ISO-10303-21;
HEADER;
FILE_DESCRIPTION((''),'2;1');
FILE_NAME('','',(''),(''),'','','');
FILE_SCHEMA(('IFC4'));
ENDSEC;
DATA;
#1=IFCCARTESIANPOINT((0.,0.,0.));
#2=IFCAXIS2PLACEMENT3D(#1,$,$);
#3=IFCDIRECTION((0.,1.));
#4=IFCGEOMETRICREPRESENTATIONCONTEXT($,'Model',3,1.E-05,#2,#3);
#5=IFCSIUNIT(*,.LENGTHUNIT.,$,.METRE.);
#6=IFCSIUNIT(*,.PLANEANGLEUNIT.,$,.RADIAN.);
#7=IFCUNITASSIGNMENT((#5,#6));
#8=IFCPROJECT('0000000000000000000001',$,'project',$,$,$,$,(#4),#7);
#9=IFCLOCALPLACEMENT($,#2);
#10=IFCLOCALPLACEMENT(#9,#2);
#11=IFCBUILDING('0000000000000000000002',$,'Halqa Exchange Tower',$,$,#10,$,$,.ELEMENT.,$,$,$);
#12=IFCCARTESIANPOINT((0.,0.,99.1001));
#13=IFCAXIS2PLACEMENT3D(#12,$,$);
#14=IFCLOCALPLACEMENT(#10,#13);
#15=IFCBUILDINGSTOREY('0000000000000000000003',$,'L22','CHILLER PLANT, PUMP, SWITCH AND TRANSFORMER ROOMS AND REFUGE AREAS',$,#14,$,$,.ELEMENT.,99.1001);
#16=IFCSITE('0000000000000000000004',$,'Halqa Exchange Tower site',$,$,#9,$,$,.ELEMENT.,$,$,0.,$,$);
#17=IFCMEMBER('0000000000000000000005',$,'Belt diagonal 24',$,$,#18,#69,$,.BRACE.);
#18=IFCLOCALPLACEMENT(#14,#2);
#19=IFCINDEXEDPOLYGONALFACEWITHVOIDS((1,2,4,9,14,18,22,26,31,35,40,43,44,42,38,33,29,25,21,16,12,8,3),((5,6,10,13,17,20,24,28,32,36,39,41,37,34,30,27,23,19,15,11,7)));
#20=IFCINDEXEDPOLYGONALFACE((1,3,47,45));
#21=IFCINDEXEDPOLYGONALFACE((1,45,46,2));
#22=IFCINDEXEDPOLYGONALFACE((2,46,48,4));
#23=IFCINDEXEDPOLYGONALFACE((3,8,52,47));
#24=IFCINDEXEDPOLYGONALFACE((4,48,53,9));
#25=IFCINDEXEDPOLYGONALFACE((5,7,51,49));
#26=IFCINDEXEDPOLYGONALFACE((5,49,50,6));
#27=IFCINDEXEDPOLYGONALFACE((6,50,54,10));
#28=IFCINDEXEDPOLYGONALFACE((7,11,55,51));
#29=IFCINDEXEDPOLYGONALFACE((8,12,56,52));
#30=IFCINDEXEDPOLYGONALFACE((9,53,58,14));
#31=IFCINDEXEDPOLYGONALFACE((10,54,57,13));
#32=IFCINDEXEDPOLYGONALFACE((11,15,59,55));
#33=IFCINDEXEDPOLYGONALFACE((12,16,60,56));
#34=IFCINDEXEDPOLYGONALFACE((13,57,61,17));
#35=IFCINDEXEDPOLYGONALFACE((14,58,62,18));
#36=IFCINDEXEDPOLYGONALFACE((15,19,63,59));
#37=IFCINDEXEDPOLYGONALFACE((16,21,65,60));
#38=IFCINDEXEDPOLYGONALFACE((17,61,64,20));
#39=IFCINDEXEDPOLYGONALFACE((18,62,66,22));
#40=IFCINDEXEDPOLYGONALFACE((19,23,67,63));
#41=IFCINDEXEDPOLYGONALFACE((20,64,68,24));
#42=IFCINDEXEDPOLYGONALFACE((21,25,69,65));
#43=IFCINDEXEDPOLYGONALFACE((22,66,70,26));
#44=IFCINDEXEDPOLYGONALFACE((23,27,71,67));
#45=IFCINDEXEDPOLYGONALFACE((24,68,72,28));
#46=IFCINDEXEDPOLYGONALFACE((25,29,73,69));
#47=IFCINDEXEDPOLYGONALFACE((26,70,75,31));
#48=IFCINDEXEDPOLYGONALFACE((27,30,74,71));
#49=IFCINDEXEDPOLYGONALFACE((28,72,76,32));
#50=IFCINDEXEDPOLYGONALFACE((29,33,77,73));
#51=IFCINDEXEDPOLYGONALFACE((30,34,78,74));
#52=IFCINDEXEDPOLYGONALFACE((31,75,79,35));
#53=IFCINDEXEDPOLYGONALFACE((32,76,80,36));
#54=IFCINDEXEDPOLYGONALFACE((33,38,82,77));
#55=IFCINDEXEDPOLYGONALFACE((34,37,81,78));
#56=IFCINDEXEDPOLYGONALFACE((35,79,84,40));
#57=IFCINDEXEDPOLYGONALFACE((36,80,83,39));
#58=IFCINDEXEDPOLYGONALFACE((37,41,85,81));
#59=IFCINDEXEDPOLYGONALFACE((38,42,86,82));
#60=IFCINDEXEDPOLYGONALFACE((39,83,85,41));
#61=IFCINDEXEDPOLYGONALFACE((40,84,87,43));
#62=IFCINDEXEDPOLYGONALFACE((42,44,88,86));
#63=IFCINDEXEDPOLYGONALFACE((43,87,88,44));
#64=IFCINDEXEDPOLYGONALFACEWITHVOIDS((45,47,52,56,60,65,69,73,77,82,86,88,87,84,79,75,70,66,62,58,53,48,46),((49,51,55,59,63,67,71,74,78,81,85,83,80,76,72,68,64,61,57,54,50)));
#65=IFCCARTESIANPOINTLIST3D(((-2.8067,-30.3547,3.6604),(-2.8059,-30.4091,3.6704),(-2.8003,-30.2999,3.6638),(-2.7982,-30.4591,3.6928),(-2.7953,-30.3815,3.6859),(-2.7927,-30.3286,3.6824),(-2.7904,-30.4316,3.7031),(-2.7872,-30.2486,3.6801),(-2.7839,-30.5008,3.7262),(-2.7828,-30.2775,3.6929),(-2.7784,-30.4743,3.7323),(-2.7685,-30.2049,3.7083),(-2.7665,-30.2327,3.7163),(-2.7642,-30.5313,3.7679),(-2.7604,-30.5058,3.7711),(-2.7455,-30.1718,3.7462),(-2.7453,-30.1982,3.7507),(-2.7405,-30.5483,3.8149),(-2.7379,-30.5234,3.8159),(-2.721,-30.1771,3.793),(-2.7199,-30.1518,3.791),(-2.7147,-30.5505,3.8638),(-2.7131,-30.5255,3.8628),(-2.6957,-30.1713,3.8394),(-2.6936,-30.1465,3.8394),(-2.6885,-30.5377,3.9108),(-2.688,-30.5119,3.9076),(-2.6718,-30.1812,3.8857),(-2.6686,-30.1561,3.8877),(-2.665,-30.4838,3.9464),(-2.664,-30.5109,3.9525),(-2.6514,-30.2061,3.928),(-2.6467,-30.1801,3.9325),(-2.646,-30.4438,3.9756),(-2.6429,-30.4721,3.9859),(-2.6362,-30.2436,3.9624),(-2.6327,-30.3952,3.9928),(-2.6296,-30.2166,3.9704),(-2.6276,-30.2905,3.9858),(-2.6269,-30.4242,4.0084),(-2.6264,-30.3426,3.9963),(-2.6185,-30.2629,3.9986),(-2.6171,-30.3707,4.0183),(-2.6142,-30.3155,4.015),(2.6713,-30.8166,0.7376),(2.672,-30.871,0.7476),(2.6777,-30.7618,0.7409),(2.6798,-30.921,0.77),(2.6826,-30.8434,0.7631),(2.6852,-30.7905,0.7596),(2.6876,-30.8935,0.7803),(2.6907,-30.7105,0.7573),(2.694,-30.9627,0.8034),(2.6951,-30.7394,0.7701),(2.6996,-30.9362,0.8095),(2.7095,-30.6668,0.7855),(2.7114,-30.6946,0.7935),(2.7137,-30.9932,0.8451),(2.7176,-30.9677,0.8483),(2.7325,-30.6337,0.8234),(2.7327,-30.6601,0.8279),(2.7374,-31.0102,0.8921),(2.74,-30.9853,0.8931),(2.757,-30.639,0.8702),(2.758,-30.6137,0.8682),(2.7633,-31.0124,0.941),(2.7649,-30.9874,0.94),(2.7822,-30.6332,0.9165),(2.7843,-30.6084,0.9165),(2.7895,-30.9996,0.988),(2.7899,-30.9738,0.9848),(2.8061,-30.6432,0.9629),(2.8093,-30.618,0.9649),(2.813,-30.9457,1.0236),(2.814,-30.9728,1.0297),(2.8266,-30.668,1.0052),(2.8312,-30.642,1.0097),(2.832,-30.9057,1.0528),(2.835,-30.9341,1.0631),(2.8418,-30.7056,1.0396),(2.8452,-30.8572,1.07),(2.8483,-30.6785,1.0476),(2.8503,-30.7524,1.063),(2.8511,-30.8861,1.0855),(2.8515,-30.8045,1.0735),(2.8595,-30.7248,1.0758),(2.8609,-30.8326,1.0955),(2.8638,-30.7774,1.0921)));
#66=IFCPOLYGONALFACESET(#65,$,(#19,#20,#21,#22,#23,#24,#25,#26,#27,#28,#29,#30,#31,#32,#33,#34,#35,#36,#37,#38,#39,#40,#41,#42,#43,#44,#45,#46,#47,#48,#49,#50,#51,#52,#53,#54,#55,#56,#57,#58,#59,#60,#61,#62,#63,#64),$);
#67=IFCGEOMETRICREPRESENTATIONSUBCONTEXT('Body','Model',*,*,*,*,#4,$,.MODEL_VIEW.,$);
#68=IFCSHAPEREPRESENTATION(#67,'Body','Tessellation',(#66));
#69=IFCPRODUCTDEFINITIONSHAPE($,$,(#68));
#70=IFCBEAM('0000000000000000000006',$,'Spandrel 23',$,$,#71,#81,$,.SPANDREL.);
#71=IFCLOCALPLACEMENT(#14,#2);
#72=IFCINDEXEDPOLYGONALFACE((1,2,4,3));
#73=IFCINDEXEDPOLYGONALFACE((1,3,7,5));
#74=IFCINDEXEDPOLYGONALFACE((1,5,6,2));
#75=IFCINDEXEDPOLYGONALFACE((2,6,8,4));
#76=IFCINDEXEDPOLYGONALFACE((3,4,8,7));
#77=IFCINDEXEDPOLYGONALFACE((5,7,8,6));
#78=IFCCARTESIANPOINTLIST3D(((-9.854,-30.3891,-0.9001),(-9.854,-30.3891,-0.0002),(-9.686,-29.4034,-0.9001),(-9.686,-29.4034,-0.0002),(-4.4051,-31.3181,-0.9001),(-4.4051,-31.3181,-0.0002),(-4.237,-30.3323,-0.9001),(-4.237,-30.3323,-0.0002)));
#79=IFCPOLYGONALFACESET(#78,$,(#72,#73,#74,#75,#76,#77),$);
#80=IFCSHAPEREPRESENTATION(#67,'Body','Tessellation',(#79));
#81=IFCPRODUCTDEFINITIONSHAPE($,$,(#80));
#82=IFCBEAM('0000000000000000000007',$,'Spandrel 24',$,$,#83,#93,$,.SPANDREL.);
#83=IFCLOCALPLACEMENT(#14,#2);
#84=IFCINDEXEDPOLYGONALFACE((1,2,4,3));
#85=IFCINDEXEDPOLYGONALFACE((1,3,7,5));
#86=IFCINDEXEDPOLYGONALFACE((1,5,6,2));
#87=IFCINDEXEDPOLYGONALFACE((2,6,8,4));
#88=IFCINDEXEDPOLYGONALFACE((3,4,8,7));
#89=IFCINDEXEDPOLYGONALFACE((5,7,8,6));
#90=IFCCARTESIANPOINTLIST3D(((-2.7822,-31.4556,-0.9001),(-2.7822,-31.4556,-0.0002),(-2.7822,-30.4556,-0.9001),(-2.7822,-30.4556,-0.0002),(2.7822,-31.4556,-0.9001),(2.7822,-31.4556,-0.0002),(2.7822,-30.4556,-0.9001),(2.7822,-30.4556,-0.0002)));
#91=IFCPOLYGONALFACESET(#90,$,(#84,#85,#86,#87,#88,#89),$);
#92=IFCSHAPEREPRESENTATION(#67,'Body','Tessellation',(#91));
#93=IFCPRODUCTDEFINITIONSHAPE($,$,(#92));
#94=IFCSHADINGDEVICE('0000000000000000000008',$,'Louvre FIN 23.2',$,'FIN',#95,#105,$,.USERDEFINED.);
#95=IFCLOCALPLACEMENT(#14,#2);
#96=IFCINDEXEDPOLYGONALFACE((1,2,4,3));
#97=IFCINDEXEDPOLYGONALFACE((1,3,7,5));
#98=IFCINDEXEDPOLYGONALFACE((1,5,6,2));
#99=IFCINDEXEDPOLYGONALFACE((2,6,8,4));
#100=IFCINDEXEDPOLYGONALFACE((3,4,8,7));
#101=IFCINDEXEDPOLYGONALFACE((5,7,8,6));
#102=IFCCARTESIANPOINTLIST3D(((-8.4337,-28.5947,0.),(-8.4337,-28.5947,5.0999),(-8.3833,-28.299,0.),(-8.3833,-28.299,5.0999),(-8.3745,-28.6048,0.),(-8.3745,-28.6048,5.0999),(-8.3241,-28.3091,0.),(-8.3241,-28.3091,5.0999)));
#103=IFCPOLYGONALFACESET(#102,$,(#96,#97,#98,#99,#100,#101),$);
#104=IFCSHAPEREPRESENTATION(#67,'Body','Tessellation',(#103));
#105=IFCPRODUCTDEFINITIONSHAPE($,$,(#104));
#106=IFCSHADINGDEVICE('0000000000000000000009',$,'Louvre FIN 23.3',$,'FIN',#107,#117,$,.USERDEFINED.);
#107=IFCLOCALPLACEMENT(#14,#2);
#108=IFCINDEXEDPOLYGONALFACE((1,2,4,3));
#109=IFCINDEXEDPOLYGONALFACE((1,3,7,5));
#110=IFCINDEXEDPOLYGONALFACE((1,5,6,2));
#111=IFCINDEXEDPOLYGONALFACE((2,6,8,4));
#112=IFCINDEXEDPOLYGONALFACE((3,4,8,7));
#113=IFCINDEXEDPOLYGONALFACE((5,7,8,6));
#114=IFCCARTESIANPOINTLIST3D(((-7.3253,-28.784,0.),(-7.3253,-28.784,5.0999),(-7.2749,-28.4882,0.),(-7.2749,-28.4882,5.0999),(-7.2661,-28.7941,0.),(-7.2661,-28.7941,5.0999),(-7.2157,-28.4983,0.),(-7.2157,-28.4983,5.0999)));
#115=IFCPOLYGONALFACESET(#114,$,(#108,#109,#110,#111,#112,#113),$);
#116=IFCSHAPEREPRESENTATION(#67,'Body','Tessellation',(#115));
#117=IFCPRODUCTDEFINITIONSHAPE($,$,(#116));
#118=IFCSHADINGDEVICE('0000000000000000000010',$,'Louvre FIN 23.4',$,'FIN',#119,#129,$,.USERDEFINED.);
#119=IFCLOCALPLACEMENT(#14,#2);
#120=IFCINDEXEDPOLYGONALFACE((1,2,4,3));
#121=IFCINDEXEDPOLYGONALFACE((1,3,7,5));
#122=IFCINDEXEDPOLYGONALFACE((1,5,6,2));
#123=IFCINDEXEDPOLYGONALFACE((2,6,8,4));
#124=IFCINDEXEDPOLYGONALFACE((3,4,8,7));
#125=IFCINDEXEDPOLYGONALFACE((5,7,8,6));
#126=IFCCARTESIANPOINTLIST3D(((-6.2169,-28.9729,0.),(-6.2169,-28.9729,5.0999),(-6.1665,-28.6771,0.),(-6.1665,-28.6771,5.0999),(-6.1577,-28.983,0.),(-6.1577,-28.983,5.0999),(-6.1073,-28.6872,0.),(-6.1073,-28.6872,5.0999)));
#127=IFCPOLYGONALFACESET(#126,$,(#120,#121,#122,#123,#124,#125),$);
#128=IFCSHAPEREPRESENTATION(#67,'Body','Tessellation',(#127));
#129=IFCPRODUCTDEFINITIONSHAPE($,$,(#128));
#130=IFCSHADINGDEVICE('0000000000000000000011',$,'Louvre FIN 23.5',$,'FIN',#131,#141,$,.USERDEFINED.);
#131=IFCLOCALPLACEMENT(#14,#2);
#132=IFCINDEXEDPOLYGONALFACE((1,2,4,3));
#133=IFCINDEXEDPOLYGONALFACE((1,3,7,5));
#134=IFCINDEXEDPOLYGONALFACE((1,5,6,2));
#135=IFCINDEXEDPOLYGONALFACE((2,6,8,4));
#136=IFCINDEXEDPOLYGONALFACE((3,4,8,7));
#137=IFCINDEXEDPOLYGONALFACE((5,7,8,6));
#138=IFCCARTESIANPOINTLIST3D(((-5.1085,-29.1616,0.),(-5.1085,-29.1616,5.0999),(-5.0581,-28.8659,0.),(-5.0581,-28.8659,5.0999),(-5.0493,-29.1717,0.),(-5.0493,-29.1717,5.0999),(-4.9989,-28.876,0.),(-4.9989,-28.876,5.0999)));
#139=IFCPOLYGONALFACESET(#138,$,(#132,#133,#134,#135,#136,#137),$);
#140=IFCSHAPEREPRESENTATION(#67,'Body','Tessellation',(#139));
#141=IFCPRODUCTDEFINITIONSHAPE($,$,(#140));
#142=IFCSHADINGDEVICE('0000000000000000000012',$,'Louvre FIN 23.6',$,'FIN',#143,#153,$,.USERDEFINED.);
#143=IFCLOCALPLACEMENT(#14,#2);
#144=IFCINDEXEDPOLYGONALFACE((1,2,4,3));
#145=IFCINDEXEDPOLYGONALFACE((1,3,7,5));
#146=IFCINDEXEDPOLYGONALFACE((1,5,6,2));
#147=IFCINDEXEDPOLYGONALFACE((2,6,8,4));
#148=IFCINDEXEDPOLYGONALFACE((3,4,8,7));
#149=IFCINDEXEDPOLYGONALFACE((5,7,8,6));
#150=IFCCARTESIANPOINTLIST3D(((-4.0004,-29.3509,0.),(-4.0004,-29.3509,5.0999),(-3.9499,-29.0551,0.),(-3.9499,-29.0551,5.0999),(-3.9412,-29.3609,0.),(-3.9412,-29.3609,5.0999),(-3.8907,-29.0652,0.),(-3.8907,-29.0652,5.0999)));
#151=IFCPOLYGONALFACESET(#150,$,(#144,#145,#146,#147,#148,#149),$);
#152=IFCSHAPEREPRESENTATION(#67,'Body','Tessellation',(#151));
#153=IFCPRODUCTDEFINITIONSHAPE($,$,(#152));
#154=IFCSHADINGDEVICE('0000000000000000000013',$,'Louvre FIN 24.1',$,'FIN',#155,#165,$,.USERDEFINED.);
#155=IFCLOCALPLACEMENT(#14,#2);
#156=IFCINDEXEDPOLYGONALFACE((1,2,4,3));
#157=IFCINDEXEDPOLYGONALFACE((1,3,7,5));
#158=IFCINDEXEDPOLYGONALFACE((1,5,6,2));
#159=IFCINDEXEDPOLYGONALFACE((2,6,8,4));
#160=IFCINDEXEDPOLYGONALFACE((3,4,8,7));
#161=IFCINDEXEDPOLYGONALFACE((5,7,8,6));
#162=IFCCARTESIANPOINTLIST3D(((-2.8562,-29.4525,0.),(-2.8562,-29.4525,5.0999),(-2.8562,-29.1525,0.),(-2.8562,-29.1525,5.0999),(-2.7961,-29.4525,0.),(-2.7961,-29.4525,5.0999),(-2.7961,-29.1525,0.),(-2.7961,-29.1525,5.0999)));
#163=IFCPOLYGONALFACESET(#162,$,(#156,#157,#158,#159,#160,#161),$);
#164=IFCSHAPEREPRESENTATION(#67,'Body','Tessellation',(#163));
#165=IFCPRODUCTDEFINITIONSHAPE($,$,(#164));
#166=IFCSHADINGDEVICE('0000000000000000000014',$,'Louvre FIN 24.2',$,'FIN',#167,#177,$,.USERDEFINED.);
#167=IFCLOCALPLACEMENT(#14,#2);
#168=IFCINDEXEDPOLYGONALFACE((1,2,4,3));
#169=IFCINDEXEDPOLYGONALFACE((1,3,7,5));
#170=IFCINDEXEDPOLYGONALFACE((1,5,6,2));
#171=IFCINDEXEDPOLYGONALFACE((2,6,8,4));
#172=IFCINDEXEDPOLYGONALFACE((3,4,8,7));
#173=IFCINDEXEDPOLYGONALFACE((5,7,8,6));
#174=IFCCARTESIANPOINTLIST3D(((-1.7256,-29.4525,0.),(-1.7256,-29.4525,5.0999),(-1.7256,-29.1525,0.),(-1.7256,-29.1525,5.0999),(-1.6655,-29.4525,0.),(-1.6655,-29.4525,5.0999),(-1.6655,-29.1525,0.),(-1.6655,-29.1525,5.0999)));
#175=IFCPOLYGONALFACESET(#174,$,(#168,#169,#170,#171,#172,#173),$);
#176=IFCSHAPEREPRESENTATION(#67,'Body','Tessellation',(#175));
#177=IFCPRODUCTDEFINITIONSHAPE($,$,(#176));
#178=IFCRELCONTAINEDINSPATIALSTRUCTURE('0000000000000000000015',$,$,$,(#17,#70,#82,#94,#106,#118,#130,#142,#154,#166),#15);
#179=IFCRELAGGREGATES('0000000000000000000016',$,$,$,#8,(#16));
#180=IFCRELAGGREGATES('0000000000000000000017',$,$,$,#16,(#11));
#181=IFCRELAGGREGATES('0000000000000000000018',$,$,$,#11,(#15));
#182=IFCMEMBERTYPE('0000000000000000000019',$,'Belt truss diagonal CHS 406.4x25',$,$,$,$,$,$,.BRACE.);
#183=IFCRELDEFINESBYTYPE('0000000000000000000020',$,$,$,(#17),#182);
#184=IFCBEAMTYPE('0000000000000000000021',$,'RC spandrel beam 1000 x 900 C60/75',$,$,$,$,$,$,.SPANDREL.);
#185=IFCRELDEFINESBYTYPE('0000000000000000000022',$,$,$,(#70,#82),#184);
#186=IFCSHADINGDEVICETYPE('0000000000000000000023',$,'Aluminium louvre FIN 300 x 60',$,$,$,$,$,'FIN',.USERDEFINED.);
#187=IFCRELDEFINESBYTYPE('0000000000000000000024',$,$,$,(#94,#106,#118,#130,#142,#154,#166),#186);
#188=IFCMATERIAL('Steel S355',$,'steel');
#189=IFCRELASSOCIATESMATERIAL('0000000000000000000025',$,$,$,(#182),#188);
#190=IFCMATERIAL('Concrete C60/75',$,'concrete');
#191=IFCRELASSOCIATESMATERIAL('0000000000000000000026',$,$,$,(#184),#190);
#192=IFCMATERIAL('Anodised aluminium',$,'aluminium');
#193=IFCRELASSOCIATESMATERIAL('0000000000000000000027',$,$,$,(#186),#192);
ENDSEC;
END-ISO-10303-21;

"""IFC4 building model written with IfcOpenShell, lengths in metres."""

from ifc_helpers import new_model, si_unit, direction, frame, origin, origin_2d, place, context, subcontext, project, spatial, rectangle, hollow_circle, extrude, material, material_profile, profile_set, type_object, element, save


model = new_model("IFC4")

# Units and contexts
model_context = context("Model", 3, precision=1e-05, world=origin(), true_north=direction((0.0, 1.0)))
body_context = subcontext(model_context, "Body", "Model", "MODEL_VIEW")
ifc_project = project(units=[si_unit("LENGTHUNIT", "METRE"), si_unit("PLANEANGLEUNIT", "RADIAN")], contexts=[model_context])

# Site, building, storey
site_placement = place(None, origin())
site = spatial("IfcSite", under=ifc_project, at=site_placement, Name="Halqa Exchange Tower site", CompositionType="ELEMENT", RefElevation=0.0)
building_placement = place(site_placement, origin())
building = spatial("IfcBuilding", under=site, at=building_placement, Name="Halqa Exchange Tower", CompositionType="ELEMENT")
storey_placement = place(building_placement, frame((0.0, 0.0, 99.1001)))
storey = spatial("IfcBuildingStorey", under=building, at=storey_placement, Name="L22", Description="CHILLER PLANT, PUMP, SWITCH AND TRANSFORMER ROOMS AND REFUGE AREAS", CompositionType="ELEMENT", Elevation=99.1001)

# Member
ifc_material_1 = material(Name="Steel S355", Category="steel")
ifc_material_profile_1 = material_profile(ifc_material_1, hollow_circle(Radius=0.2031, WallThickness=0.0249, at=origin_2d()), Name="CHS 406.4x25")
ifc_profile_set_1 = profile_set([ifc_material_profile_1], Name="Steel S355")
member_type_1 = type_object("IfcMemberType", Name="Belt truss diagonal CHS 406.4x25", PredefinedType="BRACE", material=ifc_profile_set_1)
member_1_placement = place(storey_placement, frame((-2.7107, -30.3489, 3.8394), z_axis=(0.879839, -0.074189, -0.469446), x_axis=(0.084023, 0.996464, 0.0)))
element("IfcMember", 1, at=member_1_placement, inside=storey, type_object=member_type_1, Name="Belt diagonal 24", PredefinedType="BRACE", context=body_context, shape_type="SweptSolid", body=[
    extrude(hollow_circle(Radius=0.2031, WallThickness=0.0249, at=origin_2d()), origin(), (0.0, 0.0, 1.0), 6.2261),
])

# Beams
ifc_material_2 = material(Name="Concrete C60/75", Category="concrete")
ifc_material_profile_2 = material_profile(ifc_material_2, rectangle(XDim=1.0, YDim=0.8999, at=origin_2d()), Name="1000 x 900")
ifc_profile_set_2 = profile_set([ifc_material_profile_2], Name="Concrete C60/75")
beam_type = type_object("IfcBeamType", Name="RC spandrel beam 1000 x 900 C60/75", PredefinedType="SPANDREL", material=ifc_profile_set_2)
beam_1_placement = place(storey_placement, frame((-9.77, -29.8962, -0.4502), z_axis=(0.985777, -0.168058, 0.0), x_axis=(0.168058, 0.985777, 0.0)))
element("IfcBeam", 2, at=beam_1_placement, inside=storey, type_object=beam_type, Name="Spandrel 23", PredefinedType="SPANDREL", context=body_context, shape_type="SweptSolid", body=[
    extrude(rectangle(XDim=1.0, YDim=0.8999, at=origin_2d()), origin(), (0.0, 0.0, 1.0), 5.5276),
])
beam_2_placement = place(storey_placement, frame((-2.7822, -30.9556, -0.4502), z_axis=(1.0, 0.0, 0.0), x_axis=(0.0, 1.0, 0.0)))
element("IfcBeam", 3, at=beam_2_placement, inside=storey, type_object=beam_type, Name="Spandrel 24", PredefinedType="SPANDREL", context=body_context, shape_type="SweptSolid", body=[
    extrude(rectangle(XDim=1.0, YDim=0.8999, at=origin_2d()), origin(), (0.0, 0.0, 1.0), 5.5645),
])

# Shading devices
ifc_material_3 = material(Name="Anodised aluminium", Category="aluminium")
ifc_material_profile_3 = material_profile(ifc_material_3, rectangle(XDim=0.3, YDim=0.0601, at=origin_2d()), Name="AL FIN 300x60")
ifc_profile_set_3 = profile_set([ifc_material_profile_3], Name="Anodised aluminium")
shading_device_type = type_object("IfcShadingDeviceType", Name="Aluminium louvre FIN 300 x 60", ElementType="FIN", PredefinedType="USERDEFINED", material=ifc_profile_set_3)
for number, where, z_axis, x_axis, name in (
    (4, (-8.3789, -28.4519, 0.0), (0.0, 0.0, 1.0), (0.168068, 0.985775, 0.0), "Louvre FIN 23.2"),
    (5, (-7.2705, -28.6411, 0.0), (0.0, 0.0, 1.0), (0.168068, 0.985775, 0.0), "Louvre FIN 23.3"),
    (6, (-6.1621, -28.8301, 0.0), (0.0, 0.0, 1.0), (0.168068, 0.985775, 0.0), "Louvre FIN 23.4"),
    (7, (-5.0537, -29.0188, 0.0), (0.0, 0.0, 1.0), (0.168068, 0.985775, 0.0), "Louvre FIN 23.5"),
    (8, (-3.9456, -29.208, 0.0), (0.0, 0.0, 1.0), (0.168068, 0.985775, 0.0), "Louvre FIN 23.6"),
    (9, (-2.8262, -29.3025, 0.0), (0.0, 0.0, 1.0), (0.0, 1.0, 0.0), "Louvre FIN 24.1"),
    (10, (-1.6956, -29.3025, 0.0), (0.0, 0.0, 1.0), (0.0, 1.0, 0.0), "Louvre FIN 24.2"),
):
    element("IfcShadingDevice", number, at=place(storey_placement, frame(where, z_axis=z_axis, x_axis=x_axis)), inside=storey, type_object=shading_device_type, Name=name, ObjectType="FIN", PredefinedType="USERDEFINED", context=body_context, shape_type="SweptSolid", body=[
        extrude(rectangle(XDim=0.3, YDim=0.0601, at=origin_2d()), origin(), (0.0, 0.0, 1.0), 5.0999),
    ])

save(model, "model.ifc")
